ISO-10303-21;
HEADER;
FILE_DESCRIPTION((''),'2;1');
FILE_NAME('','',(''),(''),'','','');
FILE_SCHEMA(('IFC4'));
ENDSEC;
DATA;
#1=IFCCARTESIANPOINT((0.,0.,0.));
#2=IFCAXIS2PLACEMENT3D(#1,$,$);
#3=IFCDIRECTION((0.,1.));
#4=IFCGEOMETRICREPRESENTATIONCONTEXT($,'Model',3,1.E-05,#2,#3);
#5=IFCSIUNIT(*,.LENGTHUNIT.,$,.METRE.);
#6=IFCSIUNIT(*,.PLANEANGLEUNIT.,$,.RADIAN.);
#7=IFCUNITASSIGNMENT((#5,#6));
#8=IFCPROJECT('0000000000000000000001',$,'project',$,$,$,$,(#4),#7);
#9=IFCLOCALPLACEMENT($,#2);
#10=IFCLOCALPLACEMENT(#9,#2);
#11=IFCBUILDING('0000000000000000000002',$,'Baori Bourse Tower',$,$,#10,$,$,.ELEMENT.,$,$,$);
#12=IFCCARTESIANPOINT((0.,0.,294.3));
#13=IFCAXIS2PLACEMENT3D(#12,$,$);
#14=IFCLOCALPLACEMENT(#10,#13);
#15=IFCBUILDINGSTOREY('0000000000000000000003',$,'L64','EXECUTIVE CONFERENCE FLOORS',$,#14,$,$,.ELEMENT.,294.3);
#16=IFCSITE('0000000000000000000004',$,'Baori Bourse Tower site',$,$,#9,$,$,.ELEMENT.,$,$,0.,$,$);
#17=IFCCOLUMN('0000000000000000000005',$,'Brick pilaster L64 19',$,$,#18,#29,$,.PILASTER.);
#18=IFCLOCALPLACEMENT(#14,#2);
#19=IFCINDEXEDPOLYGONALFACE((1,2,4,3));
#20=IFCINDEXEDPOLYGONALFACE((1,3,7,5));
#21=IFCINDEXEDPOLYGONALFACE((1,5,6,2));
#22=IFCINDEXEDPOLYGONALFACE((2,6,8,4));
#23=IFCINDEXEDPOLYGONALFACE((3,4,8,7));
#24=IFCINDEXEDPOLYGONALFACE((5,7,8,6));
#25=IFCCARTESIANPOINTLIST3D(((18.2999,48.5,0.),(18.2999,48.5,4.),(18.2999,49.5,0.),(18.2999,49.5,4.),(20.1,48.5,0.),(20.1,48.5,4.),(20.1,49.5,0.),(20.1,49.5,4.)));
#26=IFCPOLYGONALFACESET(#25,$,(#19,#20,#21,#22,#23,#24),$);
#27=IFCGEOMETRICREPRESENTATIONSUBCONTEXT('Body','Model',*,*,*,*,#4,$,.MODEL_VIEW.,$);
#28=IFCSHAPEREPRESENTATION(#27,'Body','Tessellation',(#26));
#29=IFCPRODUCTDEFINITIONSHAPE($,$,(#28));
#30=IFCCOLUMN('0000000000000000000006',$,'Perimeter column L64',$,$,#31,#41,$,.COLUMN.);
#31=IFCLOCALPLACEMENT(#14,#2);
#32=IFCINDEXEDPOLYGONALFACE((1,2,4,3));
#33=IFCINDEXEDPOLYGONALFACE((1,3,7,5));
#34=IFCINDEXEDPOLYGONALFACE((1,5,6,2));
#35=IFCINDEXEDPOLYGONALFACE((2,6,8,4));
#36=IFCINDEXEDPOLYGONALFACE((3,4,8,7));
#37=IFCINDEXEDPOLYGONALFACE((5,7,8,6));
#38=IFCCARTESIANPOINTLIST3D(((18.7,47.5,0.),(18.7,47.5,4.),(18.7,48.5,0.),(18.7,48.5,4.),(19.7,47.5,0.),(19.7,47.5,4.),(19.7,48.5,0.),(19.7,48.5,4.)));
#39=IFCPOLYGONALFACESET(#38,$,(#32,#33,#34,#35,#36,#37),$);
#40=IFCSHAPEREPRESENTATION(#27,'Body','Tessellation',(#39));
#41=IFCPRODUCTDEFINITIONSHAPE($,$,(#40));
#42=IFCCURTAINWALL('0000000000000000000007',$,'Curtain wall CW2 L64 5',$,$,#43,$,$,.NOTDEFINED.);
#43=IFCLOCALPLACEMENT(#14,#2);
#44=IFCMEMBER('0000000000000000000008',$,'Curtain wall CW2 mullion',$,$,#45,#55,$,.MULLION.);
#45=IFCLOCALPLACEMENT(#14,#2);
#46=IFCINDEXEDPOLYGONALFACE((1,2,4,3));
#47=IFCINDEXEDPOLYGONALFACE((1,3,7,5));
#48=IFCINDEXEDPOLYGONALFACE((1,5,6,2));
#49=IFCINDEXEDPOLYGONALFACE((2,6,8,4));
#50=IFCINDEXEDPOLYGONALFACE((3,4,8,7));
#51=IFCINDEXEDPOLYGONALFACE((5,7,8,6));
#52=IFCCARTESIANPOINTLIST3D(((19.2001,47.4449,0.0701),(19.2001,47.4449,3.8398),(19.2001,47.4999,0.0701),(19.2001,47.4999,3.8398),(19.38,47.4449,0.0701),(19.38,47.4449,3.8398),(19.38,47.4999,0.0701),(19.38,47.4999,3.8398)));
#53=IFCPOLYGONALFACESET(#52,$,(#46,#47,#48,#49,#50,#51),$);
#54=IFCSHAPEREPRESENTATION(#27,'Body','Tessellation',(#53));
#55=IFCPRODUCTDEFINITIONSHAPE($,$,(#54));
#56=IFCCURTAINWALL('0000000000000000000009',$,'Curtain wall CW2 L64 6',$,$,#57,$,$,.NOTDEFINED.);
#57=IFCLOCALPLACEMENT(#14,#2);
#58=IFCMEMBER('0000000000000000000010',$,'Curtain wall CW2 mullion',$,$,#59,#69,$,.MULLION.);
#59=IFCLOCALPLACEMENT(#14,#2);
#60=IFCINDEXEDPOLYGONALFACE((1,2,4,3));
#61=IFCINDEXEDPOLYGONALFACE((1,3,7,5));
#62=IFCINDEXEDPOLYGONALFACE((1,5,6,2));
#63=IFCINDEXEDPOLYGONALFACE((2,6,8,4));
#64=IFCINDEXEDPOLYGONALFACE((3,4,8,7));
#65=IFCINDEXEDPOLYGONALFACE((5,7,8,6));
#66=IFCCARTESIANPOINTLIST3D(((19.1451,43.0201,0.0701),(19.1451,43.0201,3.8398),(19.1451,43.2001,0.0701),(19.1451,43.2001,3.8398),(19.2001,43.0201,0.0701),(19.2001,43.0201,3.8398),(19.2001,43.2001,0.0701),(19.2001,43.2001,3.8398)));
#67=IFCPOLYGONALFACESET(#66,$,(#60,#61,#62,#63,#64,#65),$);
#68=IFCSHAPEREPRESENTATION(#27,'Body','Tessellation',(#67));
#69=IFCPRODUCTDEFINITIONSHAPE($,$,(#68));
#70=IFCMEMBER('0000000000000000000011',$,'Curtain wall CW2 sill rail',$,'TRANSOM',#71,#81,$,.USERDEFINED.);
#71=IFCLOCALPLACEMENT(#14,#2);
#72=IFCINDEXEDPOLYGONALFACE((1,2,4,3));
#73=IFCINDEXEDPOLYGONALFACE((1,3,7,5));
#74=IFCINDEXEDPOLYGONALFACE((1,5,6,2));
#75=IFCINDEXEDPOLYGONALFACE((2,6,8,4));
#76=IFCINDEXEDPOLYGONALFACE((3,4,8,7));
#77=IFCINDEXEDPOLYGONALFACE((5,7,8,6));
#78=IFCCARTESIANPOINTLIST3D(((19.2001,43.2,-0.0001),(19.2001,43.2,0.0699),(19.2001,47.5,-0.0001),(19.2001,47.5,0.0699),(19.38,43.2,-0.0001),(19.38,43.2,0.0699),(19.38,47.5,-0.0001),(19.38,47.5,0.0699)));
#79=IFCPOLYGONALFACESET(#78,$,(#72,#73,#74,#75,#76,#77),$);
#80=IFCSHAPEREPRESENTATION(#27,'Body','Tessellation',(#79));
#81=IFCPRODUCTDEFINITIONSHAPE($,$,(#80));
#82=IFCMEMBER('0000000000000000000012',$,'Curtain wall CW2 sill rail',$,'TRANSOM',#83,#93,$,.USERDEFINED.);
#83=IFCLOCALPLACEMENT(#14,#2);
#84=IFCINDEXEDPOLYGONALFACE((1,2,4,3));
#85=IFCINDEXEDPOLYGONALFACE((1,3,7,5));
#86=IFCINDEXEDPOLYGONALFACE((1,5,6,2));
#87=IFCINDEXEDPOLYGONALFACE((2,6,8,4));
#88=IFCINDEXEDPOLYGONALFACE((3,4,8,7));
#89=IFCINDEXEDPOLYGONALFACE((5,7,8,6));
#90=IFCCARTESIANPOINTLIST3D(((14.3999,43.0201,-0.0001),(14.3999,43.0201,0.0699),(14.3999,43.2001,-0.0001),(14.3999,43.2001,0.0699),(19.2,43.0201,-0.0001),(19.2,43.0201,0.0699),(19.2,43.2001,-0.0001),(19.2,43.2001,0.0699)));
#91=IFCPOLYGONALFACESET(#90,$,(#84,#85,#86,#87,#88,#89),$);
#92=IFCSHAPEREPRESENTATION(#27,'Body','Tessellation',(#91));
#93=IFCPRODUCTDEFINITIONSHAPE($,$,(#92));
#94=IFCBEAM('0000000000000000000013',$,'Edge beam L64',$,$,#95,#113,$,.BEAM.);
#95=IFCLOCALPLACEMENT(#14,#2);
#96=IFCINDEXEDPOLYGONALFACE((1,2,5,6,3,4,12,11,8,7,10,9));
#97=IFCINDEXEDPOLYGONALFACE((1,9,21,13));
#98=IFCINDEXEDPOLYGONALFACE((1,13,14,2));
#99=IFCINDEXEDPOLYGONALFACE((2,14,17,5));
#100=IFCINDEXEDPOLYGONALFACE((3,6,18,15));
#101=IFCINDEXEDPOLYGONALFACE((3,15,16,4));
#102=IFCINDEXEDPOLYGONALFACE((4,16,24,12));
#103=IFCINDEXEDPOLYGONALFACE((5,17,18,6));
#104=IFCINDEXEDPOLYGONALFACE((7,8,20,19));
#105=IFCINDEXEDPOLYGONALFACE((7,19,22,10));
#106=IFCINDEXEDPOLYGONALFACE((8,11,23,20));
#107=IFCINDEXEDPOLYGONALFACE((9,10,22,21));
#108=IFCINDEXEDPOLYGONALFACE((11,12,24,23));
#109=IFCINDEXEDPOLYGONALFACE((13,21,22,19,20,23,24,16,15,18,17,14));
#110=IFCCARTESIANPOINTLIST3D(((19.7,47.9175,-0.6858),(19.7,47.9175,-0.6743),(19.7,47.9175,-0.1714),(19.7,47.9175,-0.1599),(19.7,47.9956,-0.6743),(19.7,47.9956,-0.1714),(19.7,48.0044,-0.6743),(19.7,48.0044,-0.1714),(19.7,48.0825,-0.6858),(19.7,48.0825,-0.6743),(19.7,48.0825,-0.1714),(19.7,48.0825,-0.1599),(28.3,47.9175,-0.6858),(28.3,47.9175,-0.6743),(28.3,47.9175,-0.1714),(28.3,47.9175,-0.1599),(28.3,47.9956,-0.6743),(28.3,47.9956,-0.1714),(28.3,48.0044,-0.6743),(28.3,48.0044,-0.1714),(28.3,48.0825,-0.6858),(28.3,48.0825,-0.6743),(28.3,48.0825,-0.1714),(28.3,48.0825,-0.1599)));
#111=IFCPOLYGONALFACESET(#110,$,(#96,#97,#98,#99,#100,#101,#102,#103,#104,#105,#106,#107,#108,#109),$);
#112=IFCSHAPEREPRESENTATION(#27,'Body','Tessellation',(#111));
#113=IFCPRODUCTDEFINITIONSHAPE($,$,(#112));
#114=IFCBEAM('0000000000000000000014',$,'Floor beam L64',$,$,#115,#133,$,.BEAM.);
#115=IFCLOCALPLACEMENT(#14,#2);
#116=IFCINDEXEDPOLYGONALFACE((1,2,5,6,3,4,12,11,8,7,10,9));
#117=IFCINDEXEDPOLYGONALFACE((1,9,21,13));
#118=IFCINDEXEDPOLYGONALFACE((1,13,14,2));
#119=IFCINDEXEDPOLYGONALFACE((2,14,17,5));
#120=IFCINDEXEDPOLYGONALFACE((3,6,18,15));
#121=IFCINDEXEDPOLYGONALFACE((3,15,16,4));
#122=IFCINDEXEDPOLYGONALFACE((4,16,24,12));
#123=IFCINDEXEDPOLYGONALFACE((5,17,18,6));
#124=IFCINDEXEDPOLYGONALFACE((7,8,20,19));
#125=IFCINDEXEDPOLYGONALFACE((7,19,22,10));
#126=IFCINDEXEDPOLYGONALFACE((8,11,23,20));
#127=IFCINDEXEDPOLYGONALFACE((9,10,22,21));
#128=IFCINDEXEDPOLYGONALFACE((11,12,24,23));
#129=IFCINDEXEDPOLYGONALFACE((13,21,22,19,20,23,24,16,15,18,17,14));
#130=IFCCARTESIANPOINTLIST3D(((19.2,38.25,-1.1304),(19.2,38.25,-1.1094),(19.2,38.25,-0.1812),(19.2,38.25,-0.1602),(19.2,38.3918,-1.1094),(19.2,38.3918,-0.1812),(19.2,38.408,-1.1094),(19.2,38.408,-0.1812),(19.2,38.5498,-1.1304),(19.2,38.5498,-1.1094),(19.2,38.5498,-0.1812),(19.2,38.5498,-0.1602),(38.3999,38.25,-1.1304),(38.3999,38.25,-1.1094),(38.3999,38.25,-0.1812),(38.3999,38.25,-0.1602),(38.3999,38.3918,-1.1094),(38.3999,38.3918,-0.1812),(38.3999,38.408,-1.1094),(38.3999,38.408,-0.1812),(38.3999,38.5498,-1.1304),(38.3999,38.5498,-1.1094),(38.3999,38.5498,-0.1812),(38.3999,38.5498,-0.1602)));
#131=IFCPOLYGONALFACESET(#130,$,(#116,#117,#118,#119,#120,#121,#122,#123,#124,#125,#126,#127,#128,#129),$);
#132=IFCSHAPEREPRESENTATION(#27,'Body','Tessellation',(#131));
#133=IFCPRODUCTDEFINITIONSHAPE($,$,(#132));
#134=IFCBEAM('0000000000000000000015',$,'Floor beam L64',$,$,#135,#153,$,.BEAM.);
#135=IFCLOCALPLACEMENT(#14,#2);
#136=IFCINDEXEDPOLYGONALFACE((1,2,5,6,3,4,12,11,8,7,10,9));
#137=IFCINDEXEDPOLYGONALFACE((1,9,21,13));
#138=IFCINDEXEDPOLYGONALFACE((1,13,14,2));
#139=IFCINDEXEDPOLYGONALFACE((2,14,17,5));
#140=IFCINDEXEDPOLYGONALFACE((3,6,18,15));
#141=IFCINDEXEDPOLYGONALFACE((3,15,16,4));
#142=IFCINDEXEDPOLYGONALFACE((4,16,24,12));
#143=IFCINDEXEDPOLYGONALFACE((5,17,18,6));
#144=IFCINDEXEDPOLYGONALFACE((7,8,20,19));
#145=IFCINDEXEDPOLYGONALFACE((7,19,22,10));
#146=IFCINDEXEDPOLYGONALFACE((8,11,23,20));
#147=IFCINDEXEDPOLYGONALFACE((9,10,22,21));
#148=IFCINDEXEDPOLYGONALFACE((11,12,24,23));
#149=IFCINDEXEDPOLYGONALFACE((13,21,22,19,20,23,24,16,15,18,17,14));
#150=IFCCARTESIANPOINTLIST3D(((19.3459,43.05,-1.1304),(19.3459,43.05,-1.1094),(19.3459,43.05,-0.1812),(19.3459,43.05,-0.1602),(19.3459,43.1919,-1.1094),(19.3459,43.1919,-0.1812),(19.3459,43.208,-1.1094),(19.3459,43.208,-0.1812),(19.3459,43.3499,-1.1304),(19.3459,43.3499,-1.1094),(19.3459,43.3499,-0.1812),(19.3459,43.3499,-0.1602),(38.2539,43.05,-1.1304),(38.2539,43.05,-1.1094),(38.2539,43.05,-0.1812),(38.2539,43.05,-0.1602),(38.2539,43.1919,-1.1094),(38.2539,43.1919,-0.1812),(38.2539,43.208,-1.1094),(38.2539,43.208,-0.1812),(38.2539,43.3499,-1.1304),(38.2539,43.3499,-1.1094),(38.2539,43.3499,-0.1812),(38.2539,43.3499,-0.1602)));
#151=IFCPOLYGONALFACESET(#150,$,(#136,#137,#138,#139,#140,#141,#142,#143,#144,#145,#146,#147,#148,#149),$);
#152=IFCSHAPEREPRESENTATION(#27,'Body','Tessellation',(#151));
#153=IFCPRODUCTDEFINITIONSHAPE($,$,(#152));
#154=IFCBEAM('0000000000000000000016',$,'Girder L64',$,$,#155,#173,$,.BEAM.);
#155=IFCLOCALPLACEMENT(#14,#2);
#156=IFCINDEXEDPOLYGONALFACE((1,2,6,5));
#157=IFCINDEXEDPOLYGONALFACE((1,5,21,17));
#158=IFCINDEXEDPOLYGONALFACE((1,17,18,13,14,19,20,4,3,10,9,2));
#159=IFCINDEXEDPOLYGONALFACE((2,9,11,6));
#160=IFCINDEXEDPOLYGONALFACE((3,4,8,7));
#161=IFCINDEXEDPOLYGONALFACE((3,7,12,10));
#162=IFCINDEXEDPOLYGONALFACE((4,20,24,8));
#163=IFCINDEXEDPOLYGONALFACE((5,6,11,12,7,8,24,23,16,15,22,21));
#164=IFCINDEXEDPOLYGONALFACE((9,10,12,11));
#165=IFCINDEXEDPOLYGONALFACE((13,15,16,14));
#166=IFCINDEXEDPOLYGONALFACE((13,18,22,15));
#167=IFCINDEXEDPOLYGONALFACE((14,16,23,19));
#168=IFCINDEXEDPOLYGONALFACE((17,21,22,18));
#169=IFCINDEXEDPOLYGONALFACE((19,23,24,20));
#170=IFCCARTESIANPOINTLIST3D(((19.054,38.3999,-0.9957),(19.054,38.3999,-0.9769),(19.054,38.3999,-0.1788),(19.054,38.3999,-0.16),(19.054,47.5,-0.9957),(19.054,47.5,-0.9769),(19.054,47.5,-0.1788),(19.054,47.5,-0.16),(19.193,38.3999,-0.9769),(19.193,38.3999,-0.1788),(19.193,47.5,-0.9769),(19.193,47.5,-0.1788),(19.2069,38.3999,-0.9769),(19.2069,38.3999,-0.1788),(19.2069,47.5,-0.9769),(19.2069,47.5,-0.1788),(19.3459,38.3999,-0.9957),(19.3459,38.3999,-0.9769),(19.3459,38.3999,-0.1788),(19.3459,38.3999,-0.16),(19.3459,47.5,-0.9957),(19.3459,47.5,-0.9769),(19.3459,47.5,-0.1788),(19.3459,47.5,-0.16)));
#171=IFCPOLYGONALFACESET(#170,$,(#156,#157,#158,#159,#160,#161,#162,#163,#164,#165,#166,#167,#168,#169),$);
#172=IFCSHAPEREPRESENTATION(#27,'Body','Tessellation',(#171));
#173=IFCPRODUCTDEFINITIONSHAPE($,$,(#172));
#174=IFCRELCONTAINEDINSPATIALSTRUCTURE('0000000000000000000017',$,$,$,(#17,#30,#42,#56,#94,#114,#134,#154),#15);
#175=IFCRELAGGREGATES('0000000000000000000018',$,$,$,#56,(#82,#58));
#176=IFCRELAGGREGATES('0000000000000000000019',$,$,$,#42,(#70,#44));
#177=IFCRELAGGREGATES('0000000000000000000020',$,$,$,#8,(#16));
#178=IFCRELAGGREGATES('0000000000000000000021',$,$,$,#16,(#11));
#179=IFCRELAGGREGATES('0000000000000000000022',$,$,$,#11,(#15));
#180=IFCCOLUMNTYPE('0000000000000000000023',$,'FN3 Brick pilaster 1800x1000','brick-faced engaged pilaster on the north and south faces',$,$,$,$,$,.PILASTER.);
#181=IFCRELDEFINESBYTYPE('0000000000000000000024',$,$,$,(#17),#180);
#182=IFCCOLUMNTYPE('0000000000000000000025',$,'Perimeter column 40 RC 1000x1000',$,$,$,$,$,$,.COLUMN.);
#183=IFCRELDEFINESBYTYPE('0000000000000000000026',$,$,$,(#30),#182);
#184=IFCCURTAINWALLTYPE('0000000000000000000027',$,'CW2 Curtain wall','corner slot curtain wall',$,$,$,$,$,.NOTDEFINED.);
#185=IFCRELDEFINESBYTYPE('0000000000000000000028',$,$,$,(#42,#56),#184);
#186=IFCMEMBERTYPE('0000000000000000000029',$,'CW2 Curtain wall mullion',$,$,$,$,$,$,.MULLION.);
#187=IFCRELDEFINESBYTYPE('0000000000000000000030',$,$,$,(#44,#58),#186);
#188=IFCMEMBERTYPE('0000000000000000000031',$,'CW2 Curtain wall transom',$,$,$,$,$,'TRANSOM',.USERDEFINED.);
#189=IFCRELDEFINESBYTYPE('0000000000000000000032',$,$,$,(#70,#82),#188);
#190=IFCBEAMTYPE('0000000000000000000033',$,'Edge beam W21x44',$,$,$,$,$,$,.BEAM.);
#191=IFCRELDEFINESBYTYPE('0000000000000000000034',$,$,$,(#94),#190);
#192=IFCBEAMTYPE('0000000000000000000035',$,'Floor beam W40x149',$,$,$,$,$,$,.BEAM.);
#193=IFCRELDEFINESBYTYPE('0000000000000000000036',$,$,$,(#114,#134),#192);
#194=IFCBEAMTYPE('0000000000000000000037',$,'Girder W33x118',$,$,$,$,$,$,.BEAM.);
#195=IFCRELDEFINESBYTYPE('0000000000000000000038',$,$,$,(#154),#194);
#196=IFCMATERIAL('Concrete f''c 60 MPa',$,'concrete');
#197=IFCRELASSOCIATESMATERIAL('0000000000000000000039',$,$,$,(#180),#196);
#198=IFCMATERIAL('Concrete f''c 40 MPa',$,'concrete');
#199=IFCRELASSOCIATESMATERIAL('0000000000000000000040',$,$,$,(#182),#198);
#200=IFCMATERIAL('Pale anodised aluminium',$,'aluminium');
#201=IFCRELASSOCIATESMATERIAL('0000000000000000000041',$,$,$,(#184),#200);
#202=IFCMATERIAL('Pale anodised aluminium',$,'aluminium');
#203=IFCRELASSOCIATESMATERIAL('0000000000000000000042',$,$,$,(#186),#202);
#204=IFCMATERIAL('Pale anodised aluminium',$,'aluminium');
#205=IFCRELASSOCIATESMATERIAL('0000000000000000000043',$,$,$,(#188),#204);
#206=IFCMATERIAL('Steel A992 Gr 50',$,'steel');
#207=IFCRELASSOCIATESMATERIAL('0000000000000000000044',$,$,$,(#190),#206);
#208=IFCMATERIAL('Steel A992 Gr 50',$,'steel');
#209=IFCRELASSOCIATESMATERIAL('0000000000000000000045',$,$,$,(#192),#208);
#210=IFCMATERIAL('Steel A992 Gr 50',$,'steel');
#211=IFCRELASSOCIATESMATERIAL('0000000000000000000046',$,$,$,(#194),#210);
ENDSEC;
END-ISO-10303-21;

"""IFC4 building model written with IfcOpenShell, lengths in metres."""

from ifc_helpers import new_model, si_unit, direction, frame, origin, origin_2d, place, context, subcontext, project, spatial, rectangle, i_section, extrude, material, material_profile, profile_set, type_object, element, aggregate, save


model = new_model("IFC4")

# Units and contexts
model_context = context("Model", 3, precision=1e-05, world=origin(), true_north=direction((0.0, 1.0)))
body_context = subcontext(model_context, "Body", "Model", "MODEL_VIEW")
ifc_project = project(units=[si_unit("LENGTHUNIT", "METRE"), si_unit("PLANEANGLEUNIT", "RADIAN")], contexts=[model_context])

# Site, building, storey
site_placement = place(None, origin())
site = spatial("IfcSite", under=ifc_project, at=site_placement, Name="Baori Bourse Tower site", CompositionType="ELEMENT", RefElevation=0.0)
building_placement = place(site_placement, origin())
building = spatial("IfcBuilding", under=site, at=building_placement, Name="Baori Bourse Tower", CompositionType="ELEMENT")
storey_placement = place(building_placement, frame((0.0, 0.0, 294.3)))
storey = spatial("IfcBuildingStorey", under=building, at=storey_placement, Name="L64", Description="EXECUTIVE CONFERENCE FLOORS", CompositionType="ELEMENT", Elevation=294.3)

# Columns
ifc_material_1 = material(Name="Concrete f'c 60 MPa", Category="concrete")
ifc_material_profile_1 = material_profile(ifc_material_1, rectangle(XDim=1.8, YDim=1.0, at=origin_2d()), Name="RC 1800x1000")
ifc_profile_set_1 = profile_set([ifc_material_profile_1], Name="Concrete f'c 60 MPa")
column_type_1 = type_object("IfcColumnType", Name="FN3 Brick pilaster 1800x1000", Description="brick-faced engaged pilaster on the north and south faces", PredefinedType="PILASTER", material=ifc_profile_set_1)
column_1_placement = place(storey_placement, frame((19.2, 49.0, 0.0), z_axis=(0.0, 0.0, 1.0), x_axis=(1.0, 0.0, 0.0)))
element("IfcColumn", 1, at=column_1_placement, inside=storey, type_object=column_type_1, Name="Brick pilaster L64 19", PredefinedType="PILASTER", context=body_context, shape_type="SweptSolid", body=[
    extrude(rectangle(XDim=1.8, YDim=1.0, at=origin_2d()), origin(), (0.0, 0.0, 1.0), 4.0),
])
ifc_material_2 = material(Name="Concrete f'c 40 MPa", Category="concrete")
ifc_material_profile_2 = material_profile(ifc_material_2, rectangle(XDim=1.0, YDim=1.0, at=origin_2d()), Name="RC 1000x1000")
ifc_profile_set_2 = profile_set([ifc_material_profile_2], Name="Concrete f'c 40 MPa")
column_type_2 = type_object("IfcColumnType", Name="Perimeter column 40 RC 1000x1000", PredefinedType="COLUMN", material=ifc_profile_set_2)
column_2_placement = place(storey_placement, frame((19.2, 48.0, 0.0), z_axis=(0.0, 0.0, 1.0), x_axis=(1.0, 0.0, 0.0)))
element("IfcColumn", 2, at=column_2_placement, inside=storey, type_object=column_type_2, Name="Perimeter column L64", PredefinedType="COLUMN", context=body_context, shape_type="SweptSolid", body=[
    extrude(rectangle(XDim=1.0, YDim=1.0, at=origin_2d()), origin(), (0.0, 0.0, 1.0), 4.0),
])

# Curtain walls, members
ifc_material_3 = material(Name="Pale anodised aluminium", Category="aluminium")
curtain_wall_type = type_object("IfcCurtainWallType", Name="CW2 Curtain wall", Description="corner slot curtain wall", PredefinedType="NOTDEFINED", material=ifc_material_3)
curtain_wall_1_placement = place(storey_placement, origin())
curtain_wall_1 = element("IfcCurtainWall", 3, at=curtain_wall_1_placement, inside=storey, type_object=curtain_wall_type, Name="Curtain wall CW2 L64 5", PredefinedType="NOTDEFINED")
ifc_material_4 = material(Name="Pale anodised aluminium", Category="aluminium")
ifc_material_profile_3 = material_profile(ifc_material_4, rectangle(XDim=0.1799, YDim=0.0549, at=origin_2d()), Name="Mullion 55x180")
ifc_profile_set_3 = profile_set([ifc_material_profile_3], Name="Pale anodised aluminium")
member_type_1 = type_object("IfcMemberType", Name="CW2 Curtain wall mullion", PredefinedType="MULLION", material=ifc_profile_set_3)
member_1_placement = place(storey_placement, frame((19.29, 47.4724, 0.0701), z_axis=(0.0, 0.0, 1.0), x_axis=(1.0, 0.0, 0.0)))
member_1 = element("IfcMember", 4, at=member_1_placement, type_object=member_type_1, Name="Curtain wall CW2 mullion", PredefinedType="MULLION", context=body_context, shape_type="SweptSolid", body=[
    extrude(rectangle(XDim=0.1799, YDim=0.0549, at=origin_2d()), origin(), (0.0, 0.0, 1.0), 3.7698),
])
curtain_wall_2_placement = place(storey_placement, origin())
curtain_wall_2 = element("IfcCurtainWall", 5, at=curtain_wall_2_placement, inside=storey, type_object=curtain_wall_type, Name="Curtain wall CW2 L64 6", PredefinedType="NOTDEFINED")
member_2_placement = place(storey_placement, frame((19.1726, 43.1101, 0.0701), z_axis=(0.0, 0.0, 1.0), x_axis=(0.0, -1.0, 0.0)))
member_2 = element("IfcMember", 6, at=member_2_placement, type_object=member_type_1, Name="Curtain wall CW2 mullion", PredefinedType="MULLION", context=body_context, shape_type="SweptSolid", body=[
    extrude(rectangle(XDim=0.1799, YDim=0.0549, at=origin_2d()), origin(), (0.0, 0.0, 1.0), 3.7698),
])

# Members
ifc_material_5 = material(Name="Pale anodised aluminium", Category="aluminium")
ifc_material_profile_4 = material_profile(ifc_material_5, rectangle(XDim=0.1799, YDim=0.0701, at=origin_2d()), Name="Transom 70x180")
ifc_profile_set_4 = profile_set([ifc_material_profile_4], Name="Pale anodised aluminium")
member_type_2 = type_object("IfcMemberType", Name="CW2 Curtain wall transom", ElementType="TRANSOM", PredefinedType="USERDEFINED", material=ifc_profile_set_4)
member_3_placement = place(storey_placement, frame((19.29, 47.5, 0.0349), z_axis=(0.0, -1.0, 0.0), x_axis=(1.0, 0.0, 0.0)))
member_3 = element("IfcMember", 7, at=member_3_placement, type_object=member_type_2, Name="Curtain wall CW2 sill rail", ObjectType="TRANSOM", PredefinedType="USERDEFINED", context=body_context, shape_type="SweptSolid", body=[
    extrude(rectangle(XDim=0.1799, YDim=0.0701, at=origin_2d()), origin(), (0.0, 0.0, 1.0), 4.3),
])
member_4_placement = place(storey_placement, frame((19.2, 43.1101, 0.0349), z_axis=(-1.0, 0.0, 0.0), x_axis=(0.0, -1.0, 0.0)))
member_4 = element("IfcMember", 8, at=member_4_placement, type_object=member_type_2, Name="Curtain wall CW2 sill rail", ObjectType="TRANSOM", PredefinedType="USERDEFINED", context=body_context, shape_type="SweptSolid", body=[
    extrude(rectangle(XDim=0.1799, YDim=0.0701, at=origin_2d()), origin(), (0.0, 0.0, 1.0), 4.8),
])
aggregate(curtain_wall_2, [member_4, member_2])

# Beams
ifc_material_6 = material(Name="Steel A992 Gr 50", Category="steel")
ifc_material_profile_5 = material_profile(ifc_material_6, i_section(OverallWidth=0.165, OverallDepth=0.5259, WebThickness=0.0088, FlangeThickness=0.0115, at=origin_2d()), Name="W21x44")
ifc_profile_set_5 = profile_set([ifc_material_profile_5], Name="Steel A992 Gr 50")
beam_type_1 = type_object("IfcBeamType", Name="Edge beam W21x44", PredefinedType="BEAM", material=ifc_profile_set_5)
beam_1_placement = place(storey_placement, frame((19.7, 48.0, -0.4229), z_axis=(1.0, 0.0, 0.0), x_axis=(0.0, 1.0, 0.0)))
element("IfcBeam", 9, at=beam_1_placement, inside=storey, type_object=beam_type_1, Name="Edge beam L64", PredefinedType="BEAM", context=body_context, shape_type="SweptSolid", body=[
    extrude(i_section(OverallWidth=0.165, OverallDepth=0.5259, WebThickness=0.0088, FlangeThickness=0.0115, at=origin_2d()), origin(), (0.0, 0.0, 1.0), 8.6001),
])
ifc_material_7 = material(Name="Steel A992 Gr 50", Category="steel")
ifc_material_profile_6 = material_profile(ifc_material_7, i_section(OverallWidth=0.2998, OverallDepth=0.9702, WebThickness=0.0161, FlangeThickness=0.021, at=origin_2d()), Name="W40x149")
ifc_profile_set_6 = profile_set([ifc_material_profile_6], Name="Steel A992 Gr 50")
beam_type_2 = type_object("IfcBeamType", Name="Floor beam W40x149", PredefinedType="BEAM", material=ifc_profile_set_6)
beam_2_placement = place(storey_placement, frame((19.2, 38.3999, -0.6453), z_axis=(1.0, 0.0, 0.0), x_axis=(0.0, 1.0, 0.0)))
element("IfcBeam", 10, at=beam_2_placement, inside=storey, type_object=beam_type_2, Name="Floor beam L64", PredefinedType="BEAM", context=body_context, shape_type="SweptSolid", body=[
    extrude(i_section(OverallWidth=0.2998, OverallDepth=0.9702, WebThickness=0.0161, FlangeThickness=0.021, at=origin_2d()), origin(), (0.0, 0.0, 1.0), 19.2),
])
beam_3_placement = place(storey_placement, frame((19.3459, 43.2, -0.6453), z_axis=(1.0, 0.0, 0.0), x_axis=(0.0, 1.0, 0.0)))
element("IfcBeam", 11, at=beam_3_placement, inside=storey, type_object=beam_type_2, Name="Floor beam L64", PredefinedType="BEAM", context=body_context, shape_type="SweptSolid", body=[
    extrude(i_section(OverallWidth=0.2998, OverallDepth=0.9702, WebThickness=0.0161, FlangeThickness=0.021, at=origin_2d()), origin(), (0.0, 0.0, 1.0), 18.908),
])
ifc_material_8 = material(Name="Steel A992 Gr 50", Category="steel")
ifc_material_profile_7 = material_profile(ifc_material_8, i_section(OverallWidth=0.292, OverallDepth=0.8357, WebThickness=0.0139, FlangeThickness=0.0188, at=origin_2d()), Name="W33x118")
ifc_profile_set_7 = profile_set([ifc_material_profile_7], Name="Steel A992 Gr 50")
beam_type_3 = type_object("IfcBeamType", Name="Girder W33x118", PredefinedType="BEAM", material=ifc_profile_set_7)
beam_4_placement = place(storey_placement, frame((19.2, 38.3999, -0.5779), z_axis=(0.0, 1.0, 0.0), x_axis=(-1.0, 0.0, 0.0)))
element("IfcBeam", 12, at=beam_4_placement, inside=storey, type_object=beam_type_3, Name="Girder L64", PredefinedType="BEAM", context=body_context, shape_type="SweptSolid", body=[
    extrude(i_section(OverallWidth=0.292, OverallDepth=0.8357, WebThickness=0.0139, FlangeThickness=0.0188, at=origin_2d()), origin(), (0.0, 0.0, 1.0), 9.1001),
])

aggregate(curtain_wall_1, [member_3, member_1])

save(model, "model.ifc")
